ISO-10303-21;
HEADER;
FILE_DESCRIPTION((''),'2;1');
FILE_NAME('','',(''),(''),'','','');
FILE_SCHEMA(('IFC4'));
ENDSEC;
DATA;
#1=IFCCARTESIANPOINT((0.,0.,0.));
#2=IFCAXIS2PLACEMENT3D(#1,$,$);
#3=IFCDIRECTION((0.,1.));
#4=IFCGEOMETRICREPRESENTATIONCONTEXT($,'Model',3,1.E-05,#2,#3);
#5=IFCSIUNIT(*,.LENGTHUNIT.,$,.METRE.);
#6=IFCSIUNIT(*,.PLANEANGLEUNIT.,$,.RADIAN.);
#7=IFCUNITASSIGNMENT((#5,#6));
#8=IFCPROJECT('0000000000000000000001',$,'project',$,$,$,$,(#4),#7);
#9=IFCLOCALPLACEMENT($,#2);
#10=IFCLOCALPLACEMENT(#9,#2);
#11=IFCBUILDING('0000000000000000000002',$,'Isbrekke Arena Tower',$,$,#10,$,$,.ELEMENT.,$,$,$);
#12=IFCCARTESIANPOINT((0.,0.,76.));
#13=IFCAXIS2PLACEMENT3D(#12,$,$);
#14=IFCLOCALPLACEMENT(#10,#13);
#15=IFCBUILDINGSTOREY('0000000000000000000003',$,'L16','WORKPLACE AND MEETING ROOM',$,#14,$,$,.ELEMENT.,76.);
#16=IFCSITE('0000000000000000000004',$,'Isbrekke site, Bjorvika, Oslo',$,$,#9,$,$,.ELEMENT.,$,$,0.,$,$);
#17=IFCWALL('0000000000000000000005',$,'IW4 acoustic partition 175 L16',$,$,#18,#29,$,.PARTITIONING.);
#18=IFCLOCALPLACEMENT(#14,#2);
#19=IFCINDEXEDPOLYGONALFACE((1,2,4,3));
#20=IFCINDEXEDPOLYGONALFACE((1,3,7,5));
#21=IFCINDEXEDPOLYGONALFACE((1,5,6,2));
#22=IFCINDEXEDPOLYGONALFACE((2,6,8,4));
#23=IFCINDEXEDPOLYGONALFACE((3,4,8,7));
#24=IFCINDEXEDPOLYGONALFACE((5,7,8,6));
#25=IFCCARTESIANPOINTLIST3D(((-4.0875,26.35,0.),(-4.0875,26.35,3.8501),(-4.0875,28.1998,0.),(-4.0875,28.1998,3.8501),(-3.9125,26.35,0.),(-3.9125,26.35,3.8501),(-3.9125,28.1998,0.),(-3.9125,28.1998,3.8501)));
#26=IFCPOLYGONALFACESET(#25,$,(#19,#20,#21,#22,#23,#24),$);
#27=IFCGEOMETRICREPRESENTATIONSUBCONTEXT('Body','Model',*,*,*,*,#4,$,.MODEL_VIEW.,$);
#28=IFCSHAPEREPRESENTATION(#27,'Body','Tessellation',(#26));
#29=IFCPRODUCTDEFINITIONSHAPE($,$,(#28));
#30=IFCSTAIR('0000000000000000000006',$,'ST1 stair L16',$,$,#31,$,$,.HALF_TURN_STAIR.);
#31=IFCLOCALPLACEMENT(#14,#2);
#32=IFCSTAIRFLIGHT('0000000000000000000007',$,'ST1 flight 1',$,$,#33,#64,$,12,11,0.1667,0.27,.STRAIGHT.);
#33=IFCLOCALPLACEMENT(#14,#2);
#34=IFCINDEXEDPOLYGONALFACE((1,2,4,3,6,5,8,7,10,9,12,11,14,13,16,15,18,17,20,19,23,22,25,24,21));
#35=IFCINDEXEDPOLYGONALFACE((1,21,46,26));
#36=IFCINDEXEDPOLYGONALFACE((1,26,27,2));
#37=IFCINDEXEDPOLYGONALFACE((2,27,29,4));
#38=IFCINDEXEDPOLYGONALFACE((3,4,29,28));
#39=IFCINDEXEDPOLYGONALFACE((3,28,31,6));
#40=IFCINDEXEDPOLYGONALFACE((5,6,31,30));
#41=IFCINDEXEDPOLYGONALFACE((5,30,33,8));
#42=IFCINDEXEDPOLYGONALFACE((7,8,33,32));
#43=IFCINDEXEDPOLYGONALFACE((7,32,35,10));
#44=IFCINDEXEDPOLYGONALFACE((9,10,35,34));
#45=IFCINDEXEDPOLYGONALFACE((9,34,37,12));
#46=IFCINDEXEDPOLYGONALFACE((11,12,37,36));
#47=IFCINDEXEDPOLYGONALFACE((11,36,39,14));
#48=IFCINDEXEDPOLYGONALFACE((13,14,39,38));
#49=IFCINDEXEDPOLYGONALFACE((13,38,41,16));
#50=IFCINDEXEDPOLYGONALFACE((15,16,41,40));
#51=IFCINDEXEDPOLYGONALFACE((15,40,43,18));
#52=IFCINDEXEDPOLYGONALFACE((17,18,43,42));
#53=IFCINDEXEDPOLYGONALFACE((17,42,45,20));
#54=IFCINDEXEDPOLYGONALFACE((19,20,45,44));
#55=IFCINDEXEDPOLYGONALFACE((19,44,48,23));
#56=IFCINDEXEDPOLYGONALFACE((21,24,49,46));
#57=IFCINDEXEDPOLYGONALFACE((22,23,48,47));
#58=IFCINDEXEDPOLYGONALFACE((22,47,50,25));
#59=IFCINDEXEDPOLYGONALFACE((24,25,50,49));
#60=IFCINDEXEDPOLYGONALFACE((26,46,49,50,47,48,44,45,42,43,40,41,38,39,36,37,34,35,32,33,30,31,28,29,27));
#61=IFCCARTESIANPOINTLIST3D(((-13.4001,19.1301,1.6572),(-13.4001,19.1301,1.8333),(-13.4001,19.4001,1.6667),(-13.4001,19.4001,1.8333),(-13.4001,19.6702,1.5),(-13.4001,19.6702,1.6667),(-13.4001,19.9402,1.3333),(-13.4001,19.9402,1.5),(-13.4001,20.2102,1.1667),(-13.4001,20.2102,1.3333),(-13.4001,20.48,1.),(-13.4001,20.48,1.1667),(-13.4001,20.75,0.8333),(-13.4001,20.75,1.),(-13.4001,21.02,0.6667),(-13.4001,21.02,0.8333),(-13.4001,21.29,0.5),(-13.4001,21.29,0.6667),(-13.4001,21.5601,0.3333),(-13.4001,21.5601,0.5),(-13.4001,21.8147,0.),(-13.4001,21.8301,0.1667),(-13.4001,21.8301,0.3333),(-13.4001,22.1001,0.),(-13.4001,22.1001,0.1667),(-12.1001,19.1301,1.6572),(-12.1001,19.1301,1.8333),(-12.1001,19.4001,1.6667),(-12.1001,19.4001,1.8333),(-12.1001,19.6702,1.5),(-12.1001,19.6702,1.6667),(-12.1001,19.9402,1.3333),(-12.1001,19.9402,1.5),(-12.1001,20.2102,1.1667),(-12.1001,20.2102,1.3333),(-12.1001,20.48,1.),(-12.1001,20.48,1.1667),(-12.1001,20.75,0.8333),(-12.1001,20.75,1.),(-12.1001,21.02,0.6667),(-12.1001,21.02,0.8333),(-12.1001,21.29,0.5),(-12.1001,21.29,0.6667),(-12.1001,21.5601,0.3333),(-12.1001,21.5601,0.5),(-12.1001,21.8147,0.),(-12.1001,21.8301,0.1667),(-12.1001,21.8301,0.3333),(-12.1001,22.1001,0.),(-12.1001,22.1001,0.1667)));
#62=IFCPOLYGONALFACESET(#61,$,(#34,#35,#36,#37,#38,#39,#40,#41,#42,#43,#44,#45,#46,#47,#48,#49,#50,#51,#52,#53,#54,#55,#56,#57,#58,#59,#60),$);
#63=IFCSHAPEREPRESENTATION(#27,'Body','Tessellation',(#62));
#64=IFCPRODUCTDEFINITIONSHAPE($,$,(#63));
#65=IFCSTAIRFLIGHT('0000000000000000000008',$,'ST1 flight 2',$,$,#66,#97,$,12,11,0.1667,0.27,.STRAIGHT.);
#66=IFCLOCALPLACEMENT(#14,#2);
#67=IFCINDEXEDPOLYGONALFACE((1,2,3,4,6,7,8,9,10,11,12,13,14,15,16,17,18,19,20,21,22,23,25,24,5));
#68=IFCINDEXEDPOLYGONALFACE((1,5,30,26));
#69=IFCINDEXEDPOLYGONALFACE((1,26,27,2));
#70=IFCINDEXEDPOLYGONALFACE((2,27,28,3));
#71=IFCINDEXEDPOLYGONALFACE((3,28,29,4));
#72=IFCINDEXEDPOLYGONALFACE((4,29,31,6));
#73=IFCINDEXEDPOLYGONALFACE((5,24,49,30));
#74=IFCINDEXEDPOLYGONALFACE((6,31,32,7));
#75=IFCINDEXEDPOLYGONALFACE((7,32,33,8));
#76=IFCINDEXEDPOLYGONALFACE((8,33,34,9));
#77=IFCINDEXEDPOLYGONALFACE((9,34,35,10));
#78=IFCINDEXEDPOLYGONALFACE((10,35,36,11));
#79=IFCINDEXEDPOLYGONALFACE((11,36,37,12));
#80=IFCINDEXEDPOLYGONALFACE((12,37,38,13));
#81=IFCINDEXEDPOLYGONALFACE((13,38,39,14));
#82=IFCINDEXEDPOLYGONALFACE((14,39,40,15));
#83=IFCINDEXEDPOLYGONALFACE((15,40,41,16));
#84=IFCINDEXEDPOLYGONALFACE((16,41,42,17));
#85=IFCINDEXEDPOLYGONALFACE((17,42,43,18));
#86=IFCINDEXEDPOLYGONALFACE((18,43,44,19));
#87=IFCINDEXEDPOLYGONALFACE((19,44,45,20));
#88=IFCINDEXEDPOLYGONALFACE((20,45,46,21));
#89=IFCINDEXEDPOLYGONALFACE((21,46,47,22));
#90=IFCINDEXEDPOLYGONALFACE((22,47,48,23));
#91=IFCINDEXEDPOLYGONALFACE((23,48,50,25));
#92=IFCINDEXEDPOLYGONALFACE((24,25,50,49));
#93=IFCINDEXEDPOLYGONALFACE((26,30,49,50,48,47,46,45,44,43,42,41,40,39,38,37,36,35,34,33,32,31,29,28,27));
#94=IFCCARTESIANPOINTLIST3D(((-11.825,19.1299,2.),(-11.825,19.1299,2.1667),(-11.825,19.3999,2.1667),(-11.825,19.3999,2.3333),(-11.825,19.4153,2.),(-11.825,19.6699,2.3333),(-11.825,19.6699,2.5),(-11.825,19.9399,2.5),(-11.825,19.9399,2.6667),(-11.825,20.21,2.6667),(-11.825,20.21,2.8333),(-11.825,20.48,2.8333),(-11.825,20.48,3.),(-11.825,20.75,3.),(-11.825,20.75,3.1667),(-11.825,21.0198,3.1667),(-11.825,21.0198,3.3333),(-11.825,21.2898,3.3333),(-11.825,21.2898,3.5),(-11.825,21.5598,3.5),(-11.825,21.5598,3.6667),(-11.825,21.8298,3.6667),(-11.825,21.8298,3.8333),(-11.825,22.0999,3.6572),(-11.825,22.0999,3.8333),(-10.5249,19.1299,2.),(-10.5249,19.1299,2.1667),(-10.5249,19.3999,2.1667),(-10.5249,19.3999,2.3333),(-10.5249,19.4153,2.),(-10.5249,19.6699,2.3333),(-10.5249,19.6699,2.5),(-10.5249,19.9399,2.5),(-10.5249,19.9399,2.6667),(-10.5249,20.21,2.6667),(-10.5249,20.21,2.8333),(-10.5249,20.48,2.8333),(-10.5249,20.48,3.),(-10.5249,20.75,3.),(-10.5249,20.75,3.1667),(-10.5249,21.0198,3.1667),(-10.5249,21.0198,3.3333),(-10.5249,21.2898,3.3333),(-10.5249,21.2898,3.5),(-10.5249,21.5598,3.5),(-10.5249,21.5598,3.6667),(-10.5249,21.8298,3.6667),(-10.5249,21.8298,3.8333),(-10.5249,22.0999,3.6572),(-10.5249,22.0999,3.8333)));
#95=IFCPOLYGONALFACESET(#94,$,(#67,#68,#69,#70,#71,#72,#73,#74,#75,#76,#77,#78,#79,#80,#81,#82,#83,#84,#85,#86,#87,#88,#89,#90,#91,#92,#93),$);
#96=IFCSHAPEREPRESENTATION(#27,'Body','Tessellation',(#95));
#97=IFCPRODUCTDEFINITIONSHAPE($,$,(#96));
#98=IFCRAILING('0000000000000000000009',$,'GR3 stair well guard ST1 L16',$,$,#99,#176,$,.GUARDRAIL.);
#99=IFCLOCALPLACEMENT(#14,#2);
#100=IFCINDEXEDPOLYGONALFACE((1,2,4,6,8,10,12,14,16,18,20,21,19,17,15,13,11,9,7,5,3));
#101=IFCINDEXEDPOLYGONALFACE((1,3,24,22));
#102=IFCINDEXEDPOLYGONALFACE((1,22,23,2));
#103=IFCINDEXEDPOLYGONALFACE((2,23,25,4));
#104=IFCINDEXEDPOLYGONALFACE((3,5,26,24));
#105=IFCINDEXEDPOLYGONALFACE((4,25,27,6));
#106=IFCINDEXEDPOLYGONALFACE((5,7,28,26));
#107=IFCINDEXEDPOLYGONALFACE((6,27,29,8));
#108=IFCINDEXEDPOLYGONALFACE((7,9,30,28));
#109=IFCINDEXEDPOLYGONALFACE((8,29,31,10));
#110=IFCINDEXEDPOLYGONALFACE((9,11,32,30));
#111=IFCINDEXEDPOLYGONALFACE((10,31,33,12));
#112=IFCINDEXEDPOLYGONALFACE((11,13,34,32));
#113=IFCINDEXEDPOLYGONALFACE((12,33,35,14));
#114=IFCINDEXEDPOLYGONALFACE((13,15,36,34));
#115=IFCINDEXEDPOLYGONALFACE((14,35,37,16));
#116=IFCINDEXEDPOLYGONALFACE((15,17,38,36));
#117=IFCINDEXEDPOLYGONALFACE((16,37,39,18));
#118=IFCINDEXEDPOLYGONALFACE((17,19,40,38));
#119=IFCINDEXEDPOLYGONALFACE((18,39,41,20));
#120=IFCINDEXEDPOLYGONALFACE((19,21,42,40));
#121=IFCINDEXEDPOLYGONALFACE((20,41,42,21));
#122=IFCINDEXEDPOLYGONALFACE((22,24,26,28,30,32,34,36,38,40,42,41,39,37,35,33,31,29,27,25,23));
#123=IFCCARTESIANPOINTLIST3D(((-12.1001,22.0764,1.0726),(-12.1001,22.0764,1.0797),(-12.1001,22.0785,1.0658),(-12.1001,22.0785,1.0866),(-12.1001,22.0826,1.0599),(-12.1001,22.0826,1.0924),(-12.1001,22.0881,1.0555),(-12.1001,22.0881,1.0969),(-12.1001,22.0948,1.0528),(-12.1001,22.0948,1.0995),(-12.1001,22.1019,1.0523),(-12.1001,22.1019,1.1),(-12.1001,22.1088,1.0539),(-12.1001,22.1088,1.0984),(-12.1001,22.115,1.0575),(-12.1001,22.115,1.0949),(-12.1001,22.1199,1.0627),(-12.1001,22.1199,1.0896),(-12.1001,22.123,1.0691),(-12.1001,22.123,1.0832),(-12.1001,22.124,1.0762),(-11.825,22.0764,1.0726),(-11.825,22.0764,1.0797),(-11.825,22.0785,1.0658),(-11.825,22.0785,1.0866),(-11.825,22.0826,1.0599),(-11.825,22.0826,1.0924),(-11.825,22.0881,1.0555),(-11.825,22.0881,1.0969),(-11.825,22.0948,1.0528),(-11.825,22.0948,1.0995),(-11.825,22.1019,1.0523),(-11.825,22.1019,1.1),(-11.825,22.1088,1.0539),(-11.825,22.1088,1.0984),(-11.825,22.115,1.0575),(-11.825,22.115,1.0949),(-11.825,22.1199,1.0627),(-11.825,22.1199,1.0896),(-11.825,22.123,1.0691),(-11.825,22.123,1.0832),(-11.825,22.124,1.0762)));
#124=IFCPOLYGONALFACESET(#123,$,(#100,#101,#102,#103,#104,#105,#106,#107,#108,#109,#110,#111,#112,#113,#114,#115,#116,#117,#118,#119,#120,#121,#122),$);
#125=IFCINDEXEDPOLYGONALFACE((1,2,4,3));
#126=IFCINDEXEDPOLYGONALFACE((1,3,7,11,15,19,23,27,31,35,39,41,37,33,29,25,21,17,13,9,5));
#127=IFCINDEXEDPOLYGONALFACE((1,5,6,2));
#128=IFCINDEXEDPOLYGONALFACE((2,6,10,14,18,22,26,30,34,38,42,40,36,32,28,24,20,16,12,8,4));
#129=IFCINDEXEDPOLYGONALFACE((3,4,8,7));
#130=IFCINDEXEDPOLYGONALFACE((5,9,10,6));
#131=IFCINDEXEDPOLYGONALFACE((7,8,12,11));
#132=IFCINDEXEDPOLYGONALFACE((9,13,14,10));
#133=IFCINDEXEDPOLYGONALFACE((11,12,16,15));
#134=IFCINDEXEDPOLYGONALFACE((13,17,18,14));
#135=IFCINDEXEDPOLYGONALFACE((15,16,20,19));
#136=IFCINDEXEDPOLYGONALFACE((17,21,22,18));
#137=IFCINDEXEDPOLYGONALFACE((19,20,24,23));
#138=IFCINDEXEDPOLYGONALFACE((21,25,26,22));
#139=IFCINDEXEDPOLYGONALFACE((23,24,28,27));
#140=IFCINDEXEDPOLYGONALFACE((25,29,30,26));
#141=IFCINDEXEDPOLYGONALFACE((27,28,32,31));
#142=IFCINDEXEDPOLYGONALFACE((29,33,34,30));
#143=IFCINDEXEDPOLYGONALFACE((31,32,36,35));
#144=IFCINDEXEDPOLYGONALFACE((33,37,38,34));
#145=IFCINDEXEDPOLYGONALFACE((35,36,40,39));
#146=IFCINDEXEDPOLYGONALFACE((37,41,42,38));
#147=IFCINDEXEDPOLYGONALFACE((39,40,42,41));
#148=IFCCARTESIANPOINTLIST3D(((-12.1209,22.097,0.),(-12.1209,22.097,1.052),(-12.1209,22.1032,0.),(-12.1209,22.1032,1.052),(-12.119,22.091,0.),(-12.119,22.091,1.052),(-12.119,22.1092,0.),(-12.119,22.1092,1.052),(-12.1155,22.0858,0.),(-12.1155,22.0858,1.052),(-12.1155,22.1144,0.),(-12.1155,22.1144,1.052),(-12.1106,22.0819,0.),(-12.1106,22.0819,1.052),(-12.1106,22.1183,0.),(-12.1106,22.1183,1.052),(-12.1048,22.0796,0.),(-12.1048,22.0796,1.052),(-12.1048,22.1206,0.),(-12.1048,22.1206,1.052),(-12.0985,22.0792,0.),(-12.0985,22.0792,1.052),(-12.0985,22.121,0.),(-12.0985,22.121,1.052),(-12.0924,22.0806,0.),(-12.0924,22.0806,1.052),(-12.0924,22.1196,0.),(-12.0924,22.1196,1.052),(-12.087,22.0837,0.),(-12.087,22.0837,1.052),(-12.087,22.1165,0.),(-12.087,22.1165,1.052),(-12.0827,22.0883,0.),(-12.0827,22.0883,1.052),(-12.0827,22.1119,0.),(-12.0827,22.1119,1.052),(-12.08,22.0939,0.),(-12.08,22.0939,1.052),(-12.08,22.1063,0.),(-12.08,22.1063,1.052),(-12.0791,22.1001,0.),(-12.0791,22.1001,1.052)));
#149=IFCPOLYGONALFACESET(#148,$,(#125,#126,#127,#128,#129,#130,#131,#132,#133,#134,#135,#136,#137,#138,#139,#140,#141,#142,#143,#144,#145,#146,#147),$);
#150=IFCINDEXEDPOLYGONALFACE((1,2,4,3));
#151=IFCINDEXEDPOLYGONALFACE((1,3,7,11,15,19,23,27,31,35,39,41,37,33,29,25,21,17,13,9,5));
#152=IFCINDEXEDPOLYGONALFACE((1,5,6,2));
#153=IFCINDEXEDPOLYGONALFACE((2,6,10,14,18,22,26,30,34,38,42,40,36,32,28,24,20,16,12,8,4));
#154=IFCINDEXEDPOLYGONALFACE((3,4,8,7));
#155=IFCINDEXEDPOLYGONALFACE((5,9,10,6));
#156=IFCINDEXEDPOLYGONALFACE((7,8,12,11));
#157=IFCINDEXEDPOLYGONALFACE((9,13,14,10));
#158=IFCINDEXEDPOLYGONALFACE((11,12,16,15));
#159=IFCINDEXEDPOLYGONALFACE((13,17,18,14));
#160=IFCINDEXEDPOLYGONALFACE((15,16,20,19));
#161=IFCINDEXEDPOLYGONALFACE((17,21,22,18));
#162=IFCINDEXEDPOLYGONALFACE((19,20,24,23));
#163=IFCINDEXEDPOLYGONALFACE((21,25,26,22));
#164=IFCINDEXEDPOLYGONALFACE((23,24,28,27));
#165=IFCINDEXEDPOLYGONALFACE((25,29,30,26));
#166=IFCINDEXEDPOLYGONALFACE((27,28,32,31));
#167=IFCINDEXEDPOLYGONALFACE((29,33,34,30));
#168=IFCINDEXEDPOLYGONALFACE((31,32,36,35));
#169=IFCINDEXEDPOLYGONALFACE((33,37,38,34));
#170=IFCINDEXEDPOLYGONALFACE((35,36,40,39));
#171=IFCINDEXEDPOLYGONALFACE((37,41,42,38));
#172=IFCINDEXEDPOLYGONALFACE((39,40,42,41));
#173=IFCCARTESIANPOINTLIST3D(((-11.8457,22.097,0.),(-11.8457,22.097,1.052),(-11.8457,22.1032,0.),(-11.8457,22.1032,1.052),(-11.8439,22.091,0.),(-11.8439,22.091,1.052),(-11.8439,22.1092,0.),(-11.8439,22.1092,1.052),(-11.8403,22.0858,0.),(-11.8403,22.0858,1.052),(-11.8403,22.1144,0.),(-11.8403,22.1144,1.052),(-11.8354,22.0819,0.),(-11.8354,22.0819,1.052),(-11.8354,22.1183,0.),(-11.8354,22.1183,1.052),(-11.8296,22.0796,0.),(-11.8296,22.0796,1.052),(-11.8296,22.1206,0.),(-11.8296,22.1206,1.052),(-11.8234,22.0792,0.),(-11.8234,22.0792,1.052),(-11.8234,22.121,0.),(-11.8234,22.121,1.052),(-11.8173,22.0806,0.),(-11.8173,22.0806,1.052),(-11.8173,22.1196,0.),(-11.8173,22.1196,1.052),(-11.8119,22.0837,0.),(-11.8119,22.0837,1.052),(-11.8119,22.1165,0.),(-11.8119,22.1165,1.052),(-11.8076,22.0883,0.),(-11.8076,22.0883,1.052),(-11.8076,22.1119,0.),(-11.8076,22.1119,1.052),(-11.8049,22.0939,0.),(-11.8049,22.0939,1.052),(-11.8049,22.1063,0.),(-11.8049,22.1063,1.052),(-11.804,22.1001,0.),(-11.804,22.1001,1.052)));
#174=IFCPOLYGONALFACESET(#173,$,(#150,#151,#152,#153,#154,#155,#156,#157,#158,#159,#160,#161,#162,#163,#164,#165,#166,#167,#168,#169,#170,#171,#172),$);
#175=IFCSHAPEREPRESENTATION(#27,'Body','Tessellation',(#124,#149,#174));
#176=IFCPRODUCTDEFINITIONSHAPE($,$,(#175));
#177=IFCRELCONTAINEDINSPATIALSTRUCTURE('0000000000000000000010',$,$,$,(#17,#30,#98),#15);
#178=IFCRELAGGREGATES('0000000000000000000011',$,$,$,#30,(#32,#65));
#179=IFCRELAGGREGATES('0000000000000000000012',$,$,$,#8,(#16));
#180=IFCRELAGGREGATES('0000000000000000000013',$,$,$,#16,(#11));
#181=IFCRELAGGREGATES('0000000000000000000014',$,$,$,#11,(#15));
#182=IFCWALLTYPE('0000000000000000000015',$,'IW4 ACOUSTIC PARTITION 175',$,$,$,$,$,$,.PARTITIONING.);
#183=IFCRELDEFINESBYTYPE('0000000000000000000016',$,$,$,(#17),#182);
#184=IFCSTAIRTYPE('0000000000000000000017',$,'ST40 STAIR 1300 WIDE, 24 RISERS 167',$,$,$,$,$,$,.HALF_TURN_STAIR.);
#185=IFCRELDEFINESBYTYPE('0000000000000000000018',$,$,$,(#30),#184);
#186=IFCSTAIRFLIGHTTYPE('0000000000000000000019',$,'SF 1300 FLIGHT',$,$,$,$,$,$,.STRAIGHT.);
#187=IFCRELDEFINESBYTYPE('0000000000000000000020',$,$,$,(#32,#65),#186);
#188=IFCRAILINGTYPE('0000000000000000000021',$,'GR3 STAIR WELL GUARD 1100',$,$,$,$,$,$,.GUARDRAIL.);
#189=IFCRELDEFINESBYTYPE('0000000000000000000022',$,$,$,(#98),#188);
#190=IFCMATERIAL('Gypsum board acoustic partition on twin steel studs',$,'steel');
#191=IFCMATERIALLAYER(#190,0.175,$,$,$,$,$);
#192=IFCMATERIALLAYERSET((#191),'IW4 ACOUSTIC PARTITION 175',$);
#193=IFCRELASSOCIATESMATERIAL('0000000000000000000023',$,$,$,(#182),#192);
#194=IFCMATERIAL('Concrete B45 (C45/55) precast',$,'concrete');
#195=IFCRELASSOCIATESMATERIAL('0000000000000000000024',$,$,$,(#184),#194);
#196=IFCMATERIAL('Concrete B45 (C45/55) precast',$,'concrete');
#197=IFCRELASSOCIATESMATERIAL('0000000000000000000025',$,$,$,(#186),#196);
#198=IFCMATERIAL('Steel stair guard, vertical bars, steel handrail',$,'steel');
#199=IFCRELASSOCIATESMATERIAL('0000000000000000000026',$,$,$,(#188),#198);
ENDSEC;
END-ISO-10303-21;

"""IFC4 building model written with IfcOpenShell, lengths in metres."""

from ifc_helpers import new_model, si_unit, direction, frame, frame_2d, origin, origin_2d, place, context, subcontext, project, spatial, polyline, rectangle, circle, outline, extrude, material, layer, layer_set, type_object, element, aggregate, save


model = new_model("IFC4")

# Units and contexts
model_context = context("Model", 3, precision=1e-05, world=origin(), true_north=direction((0.0, 1.0)))
body_context = subcontext(model_context, "Body", "Model", "MODEL_VIEW")
ifc_project = project(units=[si_unit("LENGTHUNIT", "METRE"), si_unit("PLANEANGLEUNIT", "RADIAN")], contexts=[model_context])

# Site, building, storey
site_placement = place(None, origin())
site = spatial("IfcSite", under=ifc_project, at=site_placement, Name="Isbrekke site, Bjorvika, Oslo", CompositionType="ELEMENT", RefElevation=0.0)
building_placement = place(site_placement, origin())
building = spatial("IfcBuilding", under=site, at=building_placement, Name="Isbrekke Arena Tower", CompositionType="ELEMENT")
storey_placement = place(building_placement, frame((0.0, 0.0, 76.0)))
storey = spatial("IfcBuildingStorey", under=building, at=storey_placement, Name="L16", Description="WORKPLACE AND MEETING ROOM", CompositionType="ELEMENT", Elevation=76.0)

# Wall
ifc_material_1 = material(Name="Gypsum board acoustic partition on twin steel studs", Category="steel")
ifc_layer_1 = layer(ifc_material_1, 0.175)
ifc_layer_set_1 = layer_set([ifc_layer_1], Name="IW4 ACOUSTIC PARTITION 175")
wall_type_1 = type_object("IfcWallType", Name="IW4 ACOUSTIC PARTITION 175", PredefinedType="PARTITIONING", material=ifc_layer_set_1)
wall_1_placement = place(storey_placement, frame((-4.0, 26.3501, 0.0), z_axis=(0.0, 0.0, 1.0), x_axis=(0.0, 1.0, 0.0)))
element("IfcWall", 1, at=wall_1_placement, inside=storey, type_object=wall_type_1, Name="IW4 acoustic partition 175 L16", PredefinedType="PARTITIONING", context=body_context, shape_type="SweptSolid", body=[
    extrude(rectangle(XDim=1.8499, YDim=0.175, at=frame_2d((0.9248, 0.0))), origin(), (0.0, 0.0, 1.0), 3.8501),
])

# Stair, stair flights
ifc_material_2 = material(Name="Concrete B45 (C45/55) precast", Category="concrete")
stair_type = type_object("IfcStairType", Name="ST40 STAIR 1300 WIDE, 24 RISERS 167", PredefinedType="HALF_TURN_STAIR", material=ifc_material_2)
stair_placement = place(storey_placement, origin())
stair = element("IfcStair", 2, at=stair_placement, inside=storey, type_object=stair_type, Name="ST1 stair L16", PredefinedType="HALF_TURN_STAIR")
ifc_material_3 = material(Name="Concrete B45 (C45/55) precast", Category="concrete")
stair_flight_type = type_object("IfcStairFlightType", Name="SF 1300 FLIGHT", PredefinedType="STRAIGHT", material=ifc_material_3)
stair_flight_1_placement = place(storey_placement, frame((-12.75, 22.1001, 0.0), z_axis=(0.0, 0.0, 1.0), x_axis=(0.0, -1.0, 0.0)))
stair_flight_1 = element("IfcStairFlight", 3, at=stair_flight_1_placement, type_object=stair_flight_type, Name="ST1 flight 1", NumberOfRisers=12, NumberOfTreads=11, PredefinedType="STRAIGHT", RiserHeight=0.1667, TreadLength=0.27, context=body_context, shape_type="SweptSolid", body=[
    extrude(outline(polyline([(0.0, 0.0), (0.0, 0.1667), (0.27, 0.1667), (0.27, 0.3333), (0.54, 0.3333), (0.54, 0.5), (0.8101, 0.5), (0.8101, 0.6667), (1.0801, 0.6667), (1.0801, 0.8333), (1.3501, 0.8333), (1.3501, 1.0), (1.6201, 1.0), (1.6201, 1.1667), (1.8899, 1.1667), (1.8899, 1.3333), (2.1599, 1.3333), (2.1599, 1.5), (2.4299, 1.5), (2.4299, 1.6667), (2.7, 1.6667), (2.7, 1.8333), (2.97, 1.8333), (2.97, 2.0), (2.97, 1.6572), (0.2854, 0.0), (0.0, 0.0)])), frame((0.0, 0.6499, 0.0), z_axis=(0.0, -1.0, 0.0), x_axis=(1.0, 0.0, 0.0)), (0.0, 0.0, 1.0), 1.3),
])
stair_flight_2_placement = place(storey_placement, frame((-11.175, 19.1299, 2.0), z_axis=(0.0, 0.0, 1.0), x_axis=(0.0, 1.0, 0.0)))
stair_flight_2 = element("IfcStairFlight", 4, at=stair_flight_2_placement, type_object=stair_flight_type, Name="ST1 flight 2", NumberOfRisers=12, NumberOfTreads=11, PredefinedType="STRAIGHT", RiserHeight=0.1667, TreadLength=0.27, context=body_context, shape_type="SweptSolid", body=[
    extrude(outline(polyline([(0.0, 0.0), (0.0, 0.1667), (0.27, 0.1667), (0.27, 0.3333), (0.54, 0.3333), (0.54, 0.5), (0.8101, 0.5), (0.8101, 0.6667), (1.0801, 0.6667), (1.0801, 0.8333), (1.3501, 0.8333), (1.3501, 1.0), (1.6201, 1.0), (1.6201, 1.1667), (1.8899, 1.1667), (1.8899, 1.3333), (2.1599, 1.3333), (2.1599, 1.5), (2.4299, 1.5), (2.4299, 1.6667), (2.7, 1.6667), (2.7, 1.8333), (2.97, 1.8333), (2.97, 2.0), (2.97, 1.6572), (0.2854, 0.0), (0.0, 0.0)])), frame((0.0, 0.6499, 0.0), z_axis=(0.0, -1.0, 0.0), x_axis=(1.0, 0.0, 0.0)), (0.0, 0.0, 1.0), 1.3),
])
aggregate(stair, [stair_flight_1, stair_flight_2])

# Railing
ifc_material_4 = material(Name="Steel stair guard, vertical bars, steel handrail", Category="steel")
railing_type = type_object("IfcRailingType", Name="GR3 STAIR WELL GUARD 1100", PredefinedType="GUARDRAIL", material=ifc_material_4)
for number, where, name in (
    (5, (-12.1001, 22.1001, 0.0), "GR3 stair well guard ST1 L16"),
):
    element("IfcRailing", number, at=place(storey_placement, frame(where)), inside=storey, type_object=railing_type, Name=name, PredefinedType="GUARDRAIL", context=body_context, shape_type="SweptSolid", body=[
        extrude(circle(Radius=0.0239, at=origin_2d()), frame((0.0, 0.0, 1.0762), z_axis=(1.0, 0.0, 0.0), x_axis=(0.0, 1.0, 0.0)), (0.0, 0.0, 1.0), 0.2751),
        extrude(circle(Radius=0.021, at=origin_2d()), origin(), (0.0, 0.0, 1.0), 1.052),
        extrude(circle(Radius=0.021, at=origin_2d()), frame((0.2751, 0.0, 0.0)), (0.0, 0.0, 1.0), 1.052),
    ])

save(model, "model.ifc")
